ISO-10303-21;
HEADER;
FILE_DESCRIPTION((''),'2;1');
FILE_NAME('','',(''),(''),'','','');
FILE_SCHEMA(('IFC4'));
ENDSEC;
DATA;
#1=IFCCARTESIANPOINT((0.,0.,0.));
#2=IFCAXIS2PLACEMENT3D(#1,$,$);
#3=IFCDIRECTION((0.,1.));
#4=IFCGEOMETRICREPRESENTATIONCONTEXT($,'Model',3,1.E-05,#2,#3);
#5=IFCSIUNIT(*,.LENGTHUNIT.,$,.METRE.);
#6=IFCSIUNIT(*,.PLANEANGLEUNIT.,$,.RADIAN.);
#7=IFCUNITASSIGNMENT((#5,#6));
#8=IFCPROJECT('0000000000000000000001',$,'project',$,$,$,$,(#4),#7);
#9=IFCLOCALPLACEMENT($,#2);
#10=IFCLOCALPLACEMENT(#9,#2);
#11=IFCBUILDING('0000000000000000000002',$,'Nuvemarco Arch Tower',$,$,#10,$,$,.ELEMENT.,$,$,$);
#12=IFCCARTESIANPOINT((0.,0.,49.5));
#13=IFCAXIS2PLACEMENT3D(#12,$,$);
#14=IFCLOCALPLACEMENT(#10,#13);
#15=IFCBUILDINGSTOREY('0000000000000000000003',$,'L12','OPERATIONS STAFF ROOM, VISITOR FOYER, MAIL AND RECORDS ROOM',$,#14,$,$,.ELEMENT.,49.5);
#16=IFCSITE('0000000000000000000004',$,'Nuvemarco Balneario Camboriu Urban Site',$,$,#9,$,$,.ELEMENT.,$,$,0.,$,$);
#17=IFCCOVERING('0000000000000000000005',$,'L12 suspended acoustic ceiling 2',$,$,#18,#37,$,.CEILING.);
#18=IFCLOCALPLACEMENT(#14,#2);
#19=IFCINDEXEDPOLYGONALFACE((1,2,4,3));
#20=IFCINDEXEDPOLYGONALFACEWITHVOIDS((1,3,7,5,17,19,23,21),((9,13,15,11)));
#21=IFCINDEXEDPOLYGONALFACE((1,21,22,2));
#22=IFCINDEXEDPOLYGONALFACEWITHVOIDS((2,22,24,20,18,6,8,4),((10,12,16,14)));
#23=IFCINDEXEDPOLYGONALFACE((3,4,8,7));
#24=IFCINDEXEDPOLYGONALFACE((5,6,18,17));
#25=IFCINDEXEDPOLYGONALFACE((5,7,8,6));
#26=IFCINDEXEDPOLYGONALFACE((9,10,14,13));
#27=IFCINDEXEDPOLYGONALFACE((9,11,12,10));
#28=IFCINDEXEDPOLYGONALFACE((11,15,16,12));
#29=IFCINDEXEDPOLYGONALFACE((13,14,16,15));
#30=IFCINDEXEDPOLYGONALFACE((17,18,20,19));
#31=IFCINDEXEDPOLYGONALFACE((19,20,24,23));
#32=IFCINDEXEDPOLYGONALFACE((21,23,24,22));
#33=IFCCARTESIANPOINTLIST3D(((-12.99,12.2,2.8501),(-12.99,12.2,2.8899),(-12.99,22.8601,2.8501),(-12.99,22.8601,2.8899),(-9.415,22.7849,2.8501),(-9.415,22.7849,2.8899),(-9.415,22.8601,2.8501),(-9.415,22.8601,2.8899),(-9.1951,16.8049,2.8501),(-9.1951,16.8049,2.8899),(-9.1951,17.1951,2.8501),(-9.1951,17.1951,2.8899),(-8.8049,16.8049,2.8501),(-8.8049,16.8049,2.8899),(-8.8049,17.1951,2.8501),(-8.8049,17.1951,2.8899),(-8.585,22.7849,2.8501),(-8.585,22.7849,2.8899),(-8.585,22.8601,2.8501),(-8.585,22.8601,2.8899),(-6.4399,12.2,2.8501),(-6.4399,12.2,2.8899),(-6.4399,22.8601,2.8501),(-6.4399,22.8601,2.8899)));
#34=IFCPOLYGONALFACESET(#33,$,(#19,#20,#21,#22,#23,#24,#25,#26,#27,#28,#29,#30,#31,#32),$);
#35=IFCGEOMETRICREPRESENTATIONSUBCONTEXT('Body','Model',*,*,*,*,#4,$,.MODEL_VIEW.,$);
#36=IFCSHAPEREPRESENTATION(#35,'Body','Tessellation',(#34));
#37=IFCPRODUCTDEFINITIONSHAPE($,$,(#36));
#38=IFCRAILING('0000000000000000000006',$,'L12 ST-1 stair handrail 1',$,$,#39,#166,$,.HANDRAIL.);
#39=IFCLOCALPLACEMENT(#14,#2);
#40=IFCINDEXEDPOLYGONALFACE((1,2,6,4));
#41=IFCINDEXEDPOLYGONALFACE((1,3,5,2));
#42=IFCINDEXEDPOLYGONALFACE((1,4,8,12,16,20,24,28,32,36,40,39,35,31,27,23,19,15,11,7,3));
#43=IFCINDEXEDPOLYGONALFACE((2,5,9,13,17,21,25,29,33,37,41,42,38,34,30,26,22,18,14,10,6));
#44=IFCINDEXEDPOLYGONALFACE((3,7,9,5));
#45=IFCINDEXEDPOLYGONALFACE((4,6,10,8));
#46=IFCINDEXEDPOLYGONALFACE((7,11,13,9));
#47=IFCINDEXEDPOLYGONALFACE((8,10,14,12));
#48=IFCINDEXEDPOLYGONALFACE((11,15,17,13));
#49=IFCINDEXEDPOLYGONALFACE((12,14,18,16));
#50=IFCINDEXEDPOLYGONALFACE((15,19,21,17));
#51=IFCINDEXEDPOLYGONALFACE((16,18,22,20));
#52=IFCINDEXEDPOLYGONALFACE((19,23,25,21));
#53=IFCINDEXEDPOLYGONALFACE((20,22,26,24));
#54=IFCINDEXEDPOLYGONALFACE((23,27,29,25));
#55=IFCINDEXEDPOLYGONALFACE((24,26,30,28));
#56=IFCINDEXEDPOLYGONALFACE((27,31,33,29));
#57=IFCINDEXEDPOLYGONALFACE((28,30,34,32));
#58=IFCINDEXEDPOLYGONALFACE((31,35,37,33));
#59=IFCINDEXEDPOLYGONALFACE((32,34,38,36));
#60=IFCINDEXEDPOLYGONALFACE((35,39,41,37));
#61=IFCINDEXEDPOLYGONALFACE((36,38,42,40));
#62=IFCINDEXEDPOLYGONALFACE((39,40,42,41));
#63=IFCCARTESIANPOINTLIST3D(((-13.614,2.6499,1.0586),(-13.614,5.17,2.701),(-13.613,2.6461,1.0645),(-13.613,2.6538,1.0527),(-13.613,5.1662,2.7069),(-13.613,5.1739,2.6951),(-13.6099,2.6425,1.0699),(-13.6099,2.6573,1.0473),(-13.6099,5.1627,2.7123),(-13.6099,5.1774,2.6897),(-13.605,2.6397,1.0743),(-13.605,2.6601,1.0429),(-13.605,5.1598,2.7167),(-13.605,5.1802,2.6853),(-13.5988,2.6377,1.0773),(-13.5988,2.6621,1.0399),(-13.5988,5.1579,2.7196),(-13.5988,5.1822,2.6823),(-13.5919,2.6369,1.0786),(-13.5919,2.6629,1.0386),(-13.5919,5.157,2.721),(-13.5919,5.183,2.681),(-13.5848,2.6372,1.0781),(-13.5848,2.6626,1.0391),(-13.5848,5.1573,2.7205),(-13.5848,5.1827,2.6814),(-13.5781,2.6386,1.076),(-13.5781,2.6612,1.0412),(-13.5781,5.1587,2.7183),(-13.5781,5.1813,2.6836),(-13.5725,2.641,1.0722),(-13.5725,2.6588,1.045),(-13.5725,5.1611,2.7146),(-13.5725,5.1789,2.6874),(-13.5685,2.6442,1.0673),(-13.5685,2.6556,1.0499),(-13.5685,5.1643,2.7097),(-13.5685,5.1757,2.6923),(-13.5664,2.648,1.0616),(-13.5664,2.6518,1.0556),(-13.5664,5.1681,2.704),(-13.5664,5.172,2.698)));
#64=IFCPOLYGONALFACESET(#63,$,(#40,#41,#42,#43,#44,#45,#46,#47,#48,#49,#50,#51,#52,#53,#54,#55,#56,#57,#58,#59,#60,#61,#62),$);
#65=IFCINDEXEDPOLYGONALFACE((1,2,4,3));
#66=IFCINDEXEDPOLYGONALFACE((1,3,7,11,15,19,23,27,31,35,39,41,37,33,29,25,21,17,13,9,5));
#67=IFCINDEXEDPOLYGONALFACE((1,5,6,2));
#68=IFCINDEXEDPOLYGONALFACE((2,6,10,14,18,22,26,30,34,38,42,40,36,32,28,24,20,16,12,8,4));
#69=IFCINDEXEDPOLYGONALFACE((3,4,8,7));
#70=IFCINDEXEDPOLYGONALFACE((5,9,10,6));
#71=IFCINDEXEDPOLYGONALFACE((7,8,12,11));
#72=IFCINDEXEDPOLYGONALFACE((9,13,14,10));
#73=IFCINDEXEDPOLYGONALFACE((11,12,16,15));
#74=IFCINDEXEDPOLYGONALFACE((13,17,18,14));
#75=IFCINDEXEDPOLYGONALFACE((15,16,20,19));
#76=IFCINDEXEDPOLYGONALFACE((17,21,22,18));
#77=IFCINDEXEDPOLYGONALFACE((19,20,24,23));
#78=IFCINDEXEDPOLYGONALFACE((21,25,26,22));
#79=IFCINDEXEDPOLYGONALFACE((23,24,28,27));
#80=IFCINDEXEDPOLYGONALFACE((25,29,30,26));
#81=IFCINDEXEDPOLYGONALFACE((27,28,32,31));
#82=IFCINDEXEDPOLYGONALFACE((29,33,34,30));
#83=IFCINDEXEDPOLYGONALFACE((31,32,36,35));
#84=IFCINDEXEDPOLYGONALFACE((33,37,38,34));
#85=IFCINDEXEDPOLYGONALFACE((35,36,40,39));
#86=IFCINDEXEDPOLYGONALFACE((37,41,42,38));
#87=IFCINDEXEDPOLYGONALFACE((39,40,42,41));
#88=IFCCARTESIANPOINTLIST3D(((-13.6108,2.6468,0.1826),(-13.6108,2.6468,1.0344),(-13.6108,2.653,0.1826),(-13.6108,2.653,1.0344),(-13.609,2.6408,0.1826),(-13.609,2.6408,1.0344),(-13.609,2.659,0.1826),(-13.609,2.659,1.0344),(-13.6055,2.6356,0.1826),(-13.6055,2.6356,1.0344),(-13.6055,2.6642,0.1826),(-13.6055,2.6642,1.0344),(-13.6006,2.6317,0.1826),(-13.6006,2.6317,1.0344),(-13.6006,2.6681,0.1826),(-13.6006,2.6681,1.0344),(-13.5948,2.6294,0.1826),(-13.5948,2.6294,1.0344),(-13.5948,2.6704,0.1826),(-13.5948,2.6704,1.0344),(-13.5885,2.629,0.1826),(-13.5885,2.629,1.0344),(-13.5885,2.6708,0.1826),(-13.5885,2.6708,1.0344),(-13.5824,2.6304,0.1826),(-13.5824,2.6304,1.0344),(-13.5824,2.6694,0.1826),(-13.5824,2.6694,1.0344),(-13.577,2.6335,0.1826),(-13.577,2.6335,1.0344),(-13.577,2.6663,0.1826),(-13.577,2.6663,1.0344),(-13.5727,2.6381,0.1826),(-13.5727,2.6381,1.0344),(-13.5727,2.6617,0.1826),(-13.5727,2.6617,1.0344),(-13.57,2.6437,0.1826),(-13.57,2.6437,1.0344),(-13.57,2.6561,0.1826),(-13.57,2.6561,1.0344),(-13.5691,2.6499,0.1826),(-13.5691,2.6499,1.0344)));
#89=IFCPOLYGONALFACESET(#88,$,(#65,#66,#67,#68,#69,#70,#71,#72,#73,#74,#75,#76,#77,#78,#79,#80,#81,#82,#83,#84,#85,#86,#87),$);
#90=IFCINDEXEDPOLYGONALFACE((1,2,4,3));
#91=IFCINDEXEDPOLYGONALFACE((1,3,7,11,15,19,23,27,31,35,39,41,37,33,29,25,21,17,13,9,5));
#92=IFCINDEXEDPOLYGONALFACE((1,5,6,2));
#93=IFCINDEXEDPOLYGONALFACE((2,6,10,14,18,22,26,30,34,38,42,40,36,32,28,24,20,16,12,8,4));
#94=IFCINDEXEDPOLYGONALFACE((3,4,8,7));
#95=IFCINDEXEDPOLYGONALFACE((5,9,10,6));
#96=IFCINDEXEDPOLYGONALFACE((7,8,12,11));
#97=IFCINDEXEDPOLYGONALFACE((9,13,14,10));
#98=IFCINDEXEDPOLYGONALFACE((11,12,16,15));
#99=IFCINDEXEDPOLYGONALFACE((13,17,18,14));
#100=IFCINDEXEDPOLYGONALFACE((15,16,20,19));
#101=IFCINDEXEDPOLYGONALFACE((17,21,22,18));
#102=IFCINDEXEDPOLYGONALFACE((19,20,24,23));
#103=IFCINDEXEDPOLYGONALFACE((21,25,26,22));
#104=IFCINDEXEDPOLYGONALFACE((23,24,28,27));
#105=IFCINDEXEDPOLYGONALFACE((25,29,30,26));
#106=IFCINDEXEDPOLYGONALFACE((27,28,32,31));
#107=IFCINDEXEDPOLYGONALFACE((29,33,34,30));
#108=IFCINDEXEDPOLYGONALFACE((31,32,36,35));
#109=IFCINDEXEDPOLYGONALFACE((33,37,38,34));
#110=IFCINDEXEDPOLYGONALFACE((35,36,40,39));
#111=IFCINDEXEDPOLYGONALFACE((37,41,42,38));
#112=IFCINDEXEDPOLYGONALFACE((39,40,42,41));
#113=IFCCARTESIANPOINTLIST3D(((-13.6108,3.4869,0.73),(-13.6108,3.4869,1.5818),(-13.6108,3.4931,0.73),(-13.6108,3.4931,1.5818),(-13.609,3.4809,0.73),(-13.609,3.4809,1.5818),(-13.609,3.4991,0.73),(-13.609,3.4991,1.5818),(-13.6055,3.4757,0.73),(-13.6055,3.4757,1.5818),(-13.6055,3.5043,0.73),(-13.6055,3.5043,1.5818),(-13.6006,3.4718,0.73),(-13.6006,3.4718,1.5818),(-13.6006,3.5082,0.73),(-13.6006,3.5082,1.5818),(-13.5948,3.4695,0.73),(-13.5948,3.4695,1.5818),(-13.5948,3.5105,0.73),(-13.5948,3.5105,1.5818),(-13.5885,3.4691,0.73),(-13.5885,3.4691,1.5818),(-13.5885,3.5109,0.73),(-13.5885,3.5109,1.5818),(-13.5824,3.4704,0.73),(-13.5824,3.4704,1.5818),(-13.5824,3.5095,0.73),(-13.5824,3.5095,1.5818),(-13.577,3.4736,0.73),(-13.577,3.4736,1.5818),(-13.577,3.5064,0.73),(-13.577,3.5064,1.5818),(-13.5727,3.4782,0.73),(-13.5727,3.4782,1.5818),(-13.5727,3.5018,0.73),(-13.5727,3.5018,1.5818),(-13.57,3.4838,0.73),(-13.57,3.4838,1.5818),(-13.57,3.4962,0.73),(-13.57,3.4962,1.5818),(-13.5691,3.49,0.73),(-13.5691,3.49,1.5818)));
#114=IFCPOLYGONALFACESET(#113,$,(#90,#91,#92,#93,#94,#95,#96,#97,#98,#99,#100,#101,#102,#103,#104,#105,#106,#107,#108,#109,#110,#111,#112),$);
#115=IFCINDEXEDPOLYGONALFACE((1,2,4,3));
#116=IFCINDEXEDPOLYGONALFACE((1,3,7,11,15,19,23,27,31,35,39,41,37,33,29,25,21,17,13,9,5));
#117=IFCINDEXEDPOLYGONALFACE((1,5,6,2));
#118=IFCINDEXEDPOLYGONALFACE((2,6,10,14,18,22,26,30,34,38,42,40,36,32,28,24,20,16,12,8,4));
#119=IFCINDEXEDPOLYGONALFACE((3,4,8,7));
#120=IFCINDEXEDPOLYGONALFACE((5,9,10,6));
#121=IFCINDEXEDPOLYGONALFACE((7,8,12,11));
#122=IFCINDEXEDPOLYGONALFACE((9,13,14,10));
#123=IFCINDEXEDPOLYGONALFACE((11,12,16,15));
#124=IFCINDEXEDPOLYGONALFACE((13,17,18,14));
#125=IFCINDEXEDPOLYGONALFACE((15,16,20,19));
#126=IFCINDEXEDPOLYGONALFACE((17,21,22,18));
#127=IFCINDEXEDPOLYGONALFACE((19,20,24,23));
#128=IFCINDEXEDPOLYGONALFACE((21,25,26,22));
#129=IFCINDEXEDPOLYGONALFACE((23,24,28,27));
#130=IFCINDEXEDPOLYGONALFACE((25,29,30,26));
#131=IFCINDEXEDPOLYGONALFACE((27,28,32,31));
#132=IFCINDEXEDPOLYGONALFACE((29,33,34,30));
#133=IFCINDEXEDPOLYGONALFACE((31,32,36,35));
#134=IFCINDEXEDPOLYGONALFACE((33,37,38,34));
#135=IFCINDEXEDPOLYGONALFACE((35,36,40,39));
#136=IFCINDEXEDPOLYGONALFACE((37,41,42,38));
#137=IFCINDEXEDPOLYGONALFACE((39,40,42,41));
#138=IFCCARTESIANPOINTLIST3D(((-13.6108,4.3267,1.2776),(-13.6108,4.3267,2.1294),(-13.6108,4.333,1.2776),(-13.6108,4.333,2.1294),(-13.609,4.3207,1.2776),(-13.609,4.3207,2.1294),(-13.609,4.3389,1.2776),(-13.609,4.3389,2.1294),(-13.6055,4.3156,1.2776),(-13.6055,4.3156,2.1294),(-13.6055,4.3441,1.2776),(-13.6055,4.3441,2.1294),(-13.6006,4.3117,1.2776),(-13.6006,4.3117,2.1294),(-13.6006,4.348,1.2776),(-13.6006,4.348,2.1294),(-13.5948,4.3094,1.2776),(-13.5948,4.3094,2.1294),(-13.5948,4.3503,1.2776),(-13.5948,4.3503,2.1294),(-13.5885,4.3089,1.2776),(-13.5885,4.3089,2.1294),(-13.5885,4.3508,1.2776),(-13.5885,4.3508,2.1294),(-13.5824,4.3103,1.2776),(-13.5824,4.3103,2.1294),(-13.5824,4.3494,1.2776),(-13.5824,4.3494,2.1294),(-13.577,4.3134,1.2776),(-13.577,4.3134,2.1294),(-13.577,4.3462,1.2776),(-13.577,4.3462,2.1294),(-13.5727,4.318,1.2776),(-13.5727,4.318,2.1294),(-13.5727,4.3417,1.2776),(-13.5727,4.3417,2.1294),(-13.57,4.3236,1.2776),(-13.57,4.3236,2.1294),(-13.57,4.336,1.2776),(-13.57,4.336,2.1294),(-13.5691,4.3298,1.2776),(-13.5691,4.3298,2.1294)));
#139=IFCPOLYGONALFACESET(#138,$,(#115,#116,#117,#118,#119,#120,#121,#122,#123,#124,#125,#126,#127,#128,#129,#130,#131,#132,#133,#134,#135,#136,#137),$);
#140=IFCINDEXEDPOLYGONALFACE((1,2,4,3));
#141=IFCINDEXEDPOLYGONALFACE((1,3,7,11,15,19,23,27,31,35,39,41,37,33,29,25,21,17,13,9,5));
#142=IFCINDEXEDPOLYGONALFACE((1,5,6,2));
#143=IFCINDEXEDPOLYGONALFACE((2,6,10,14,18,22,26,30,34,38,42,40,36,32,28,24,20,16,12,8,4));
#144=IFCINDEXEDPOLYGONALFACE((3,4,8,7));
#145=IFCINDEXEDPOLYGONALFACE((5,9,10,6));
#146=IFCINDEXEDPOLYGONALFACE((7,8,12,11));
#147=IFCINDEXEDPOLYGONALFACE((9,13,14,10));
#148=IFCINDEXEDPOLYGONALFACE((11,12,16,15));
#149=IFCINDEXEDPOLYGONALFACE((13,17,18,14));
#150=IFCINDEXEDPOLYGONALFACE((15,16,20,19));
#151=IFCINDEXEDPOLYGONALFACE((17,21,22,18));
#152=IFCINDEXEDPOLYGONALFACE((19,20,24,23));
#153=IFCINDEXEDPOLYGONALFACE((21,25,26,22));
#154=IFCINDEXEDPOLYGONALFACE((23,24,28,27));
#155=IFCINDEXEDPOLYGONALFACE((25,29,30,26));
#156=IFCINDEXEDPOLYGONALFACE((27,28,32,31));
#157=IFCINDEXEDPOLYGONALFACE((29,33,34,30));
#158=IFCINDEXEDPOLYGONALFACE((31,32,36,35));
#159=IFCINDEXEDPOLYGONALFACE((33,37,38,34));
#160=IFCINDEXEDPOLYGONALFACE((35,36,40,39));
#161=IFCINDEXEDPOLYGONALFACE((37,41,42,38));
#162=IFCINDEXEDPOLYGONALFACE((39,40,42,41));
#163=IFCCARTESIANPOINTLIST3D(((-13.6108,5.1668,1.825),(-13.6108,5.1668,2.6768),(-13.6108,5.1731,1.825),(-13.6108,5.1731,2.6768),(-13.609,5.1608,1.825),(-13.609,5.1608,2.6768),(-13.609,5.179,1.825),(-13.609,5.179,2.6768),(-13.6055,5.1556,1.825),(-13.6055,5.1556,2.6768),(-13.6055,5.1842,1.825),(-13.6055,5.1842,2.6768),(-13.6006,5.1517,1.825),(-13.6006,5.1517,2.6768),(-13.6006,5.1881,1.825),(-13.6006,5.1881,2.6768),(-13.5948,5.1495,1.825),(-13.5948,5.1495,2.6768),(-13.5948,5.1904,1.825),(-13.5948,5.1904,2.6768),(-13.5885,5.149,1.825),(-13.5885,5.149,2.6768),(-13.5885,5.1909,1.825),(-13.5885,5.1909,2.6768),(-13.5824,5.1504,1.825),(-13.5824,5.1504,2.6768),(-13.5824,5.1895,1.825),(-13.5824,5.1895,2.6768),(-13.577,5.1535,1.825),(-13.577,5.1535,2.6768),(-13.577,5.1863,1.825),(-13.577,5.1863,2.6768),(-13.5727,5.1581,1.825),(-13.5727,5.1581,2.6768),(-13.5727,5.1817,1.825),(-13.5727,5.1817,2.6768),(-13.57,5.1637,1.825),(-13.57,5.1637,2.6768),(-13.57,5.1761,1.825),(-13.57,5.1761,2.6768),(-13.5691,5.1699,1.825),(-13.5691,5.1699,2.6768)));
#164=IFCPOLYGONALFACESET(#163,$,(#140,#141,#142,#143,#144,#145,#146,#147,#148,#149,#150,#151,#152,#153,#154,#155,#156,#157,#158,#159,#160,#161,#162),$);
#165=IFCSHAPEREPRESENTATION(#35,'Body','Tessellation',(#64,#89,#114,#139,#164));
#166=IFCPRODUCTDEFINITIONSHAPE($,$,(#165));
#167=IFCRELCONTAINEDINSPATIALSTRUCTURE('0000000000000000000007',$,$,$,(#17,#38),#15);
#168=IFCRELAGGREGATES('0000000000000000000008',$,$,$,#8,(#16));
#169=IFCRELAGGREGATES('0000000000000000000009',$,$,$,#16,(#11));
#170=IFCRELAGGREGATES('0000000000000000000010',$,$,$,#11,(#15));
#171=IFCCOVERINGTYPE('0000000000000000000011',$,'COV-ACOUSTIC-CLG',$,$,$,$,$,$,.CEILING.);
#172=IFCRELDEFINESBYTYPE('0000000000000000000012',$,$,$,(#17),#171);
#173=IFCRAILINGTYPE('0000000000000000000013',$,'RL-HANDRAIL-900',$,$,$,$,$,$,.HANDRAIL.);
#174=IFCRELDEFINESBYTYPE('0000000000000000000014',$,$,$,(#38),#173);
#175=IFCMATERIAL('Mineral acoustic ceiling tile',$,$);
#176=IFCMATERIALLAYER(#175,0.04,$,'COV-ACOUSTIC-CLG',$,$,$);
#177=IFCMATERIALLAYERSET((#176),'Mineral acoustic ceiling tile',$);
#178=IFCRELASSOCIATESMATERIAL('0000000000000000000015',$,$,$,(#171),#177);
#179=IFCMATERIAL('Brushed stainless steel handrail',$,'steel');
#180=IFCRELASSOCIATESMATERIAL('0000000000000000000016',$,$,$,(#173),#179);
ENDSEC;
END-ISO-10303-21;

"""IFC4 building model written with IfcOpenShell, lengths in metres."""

from ifc_helpers import new_model, si_unit, direction, frame, origin, origin_2d, place, context, subcontext, project, spatial, polyline, circle, outline, extrude, material, layer, layer_set, type_object, element, save


model = new_model("IFC4")

# Units and contexts
model_context = context("Model", 3, precision=1e-05, world=origin(), true_north=direction((0.0, 1.0)))
body_context = subcontext(model_context, "Body", "Model", "MODEL_VIEW")
ifc_project = project(units=[si_unit("LENGTHUNIT", "METRE"), si_unit("PLANEANGLEUNIT", "RADIAN")], contexts=[model_context])

# Site, building, storey
site_placement = place(None, origin())
site = spatial("IfcSite", under=ifc_project, at=site_placement, Name="Nuvemarco Balneario Camboriu Urban Site", CompositionType="ELEMENT", RefElevation=0.0)
building_placement = place(site_placement, origin())
building = spatial("IfcBuilding", under=site, at=building_placement, Name="Nuvemarco Arch Tower", CompositionType="ELEMENT")
storey_placement = place(building_placement, frame((0.0, 0.0, 49.5)))
storey = spatial("IfcBuildingStorey", under=building, at=storey_placement, Name="L12", Description="OPERATIONS STAFF ROOM, VISITOR FOYER, MAIL AND RECORDS ROOM", CompositionType="ELEMENT", Elevation=49.5)

# Covering
ifc_material_1 = material(Name="Mineral acoustic ceiling tile")
ifc_layer_1 = layer(ifc_material_1, 0.04, Name="COV-ACOUSTIC-CLG")
ifc_layer_set_1 = layer_set([ifc_layer_1], Name="Mineral acoustic ceiling tile")
covering_type = type_object("IfcCoveringType", Name="COV-ACOUSTIC-CLG", PredefinedType="CEILING", material=ifc_layer_set_1)
covering_1_placement = place(storey_placement, frame((0.0, 0.0, 2.8501)))
element("IfcCovering", 1, at=covering_1_placement, inside=storey, type_object=covering_type, Name="L12 suspended acoustic ceiling 2", PredefinedType="CEILING", context=body_context, shape_type="SweptSolid", body=[
    extrude(outline(polyline([(-6.4399, 12.2), (-12.99, 12.2), (-12.99, 22.8601), (-9.415, 22.8601), (-9.415, 22.7849), (-8.585, 22.7849), (-8.585, 22.8601), (-6.4399, 22.8601), (-6.4399, 12.2)]), holes=[polyline([(-8.8049, 16.8049), (-8.8049, 17.1951), (-9.1951, 17.1951), (-9.1951, 16.8049), (-8.8049, 16.8049)])]), origin(), (0.0, 0.0, 1.0), 0.0398),
])

# Railing
ifc_material_2 = material(Name="Brushed stainless steel handrail", Category="steel")
railing_type = type_object("IfcRailingType", Name="RL-HANDRAIL-900", PredefinedType="HANDRAIL", material=ifc_material_2)
railing_placement = place(storey_placement, frame((-13.5901, 2.6499, 0.1826)))
element("IfcRailing", 2, at=railing_placement, inside=storey, type_object=railing_type, Name="L12 ST-1 stair handrail 1", PredefinedType="HANDRAIL", context=body_context, shape_type="SweptSolid", body=[
    extrude(circle(Radius=0.0239, at=origin_2d()), frame((0.0, 0.0, 0.876), z_axis=(0.0, 0.837787, 0.545998), x_axis=(-1.0, 0.0, 0.0)), (0.0, 0.0, 1.0), 3.0081),
    extrude(circle(Radius=0.021, at=origin_2d()), origin(), (0.0, 0.0, 1.0), 0.8518),
    extrude(circle(Radius=0.021, at=origin_2d()), frame((0.0, 0.8401, 0.5474)), (0.0, 0.0, 1.0), 0.8518),
    extrude(circle(Radius=0.021, at=origin_2d()), frame((0.0, 1.6799, 1.095)), (0.0, 0.0, 1.0), 0.8518),
    extrude(circle(Radius=0.021, at=origin_2d()), frame((0.0, 2.52, 1.6423)), (0.0, 0.0, 1.0), 0.8518),
])

save(model, "model.ifc")
